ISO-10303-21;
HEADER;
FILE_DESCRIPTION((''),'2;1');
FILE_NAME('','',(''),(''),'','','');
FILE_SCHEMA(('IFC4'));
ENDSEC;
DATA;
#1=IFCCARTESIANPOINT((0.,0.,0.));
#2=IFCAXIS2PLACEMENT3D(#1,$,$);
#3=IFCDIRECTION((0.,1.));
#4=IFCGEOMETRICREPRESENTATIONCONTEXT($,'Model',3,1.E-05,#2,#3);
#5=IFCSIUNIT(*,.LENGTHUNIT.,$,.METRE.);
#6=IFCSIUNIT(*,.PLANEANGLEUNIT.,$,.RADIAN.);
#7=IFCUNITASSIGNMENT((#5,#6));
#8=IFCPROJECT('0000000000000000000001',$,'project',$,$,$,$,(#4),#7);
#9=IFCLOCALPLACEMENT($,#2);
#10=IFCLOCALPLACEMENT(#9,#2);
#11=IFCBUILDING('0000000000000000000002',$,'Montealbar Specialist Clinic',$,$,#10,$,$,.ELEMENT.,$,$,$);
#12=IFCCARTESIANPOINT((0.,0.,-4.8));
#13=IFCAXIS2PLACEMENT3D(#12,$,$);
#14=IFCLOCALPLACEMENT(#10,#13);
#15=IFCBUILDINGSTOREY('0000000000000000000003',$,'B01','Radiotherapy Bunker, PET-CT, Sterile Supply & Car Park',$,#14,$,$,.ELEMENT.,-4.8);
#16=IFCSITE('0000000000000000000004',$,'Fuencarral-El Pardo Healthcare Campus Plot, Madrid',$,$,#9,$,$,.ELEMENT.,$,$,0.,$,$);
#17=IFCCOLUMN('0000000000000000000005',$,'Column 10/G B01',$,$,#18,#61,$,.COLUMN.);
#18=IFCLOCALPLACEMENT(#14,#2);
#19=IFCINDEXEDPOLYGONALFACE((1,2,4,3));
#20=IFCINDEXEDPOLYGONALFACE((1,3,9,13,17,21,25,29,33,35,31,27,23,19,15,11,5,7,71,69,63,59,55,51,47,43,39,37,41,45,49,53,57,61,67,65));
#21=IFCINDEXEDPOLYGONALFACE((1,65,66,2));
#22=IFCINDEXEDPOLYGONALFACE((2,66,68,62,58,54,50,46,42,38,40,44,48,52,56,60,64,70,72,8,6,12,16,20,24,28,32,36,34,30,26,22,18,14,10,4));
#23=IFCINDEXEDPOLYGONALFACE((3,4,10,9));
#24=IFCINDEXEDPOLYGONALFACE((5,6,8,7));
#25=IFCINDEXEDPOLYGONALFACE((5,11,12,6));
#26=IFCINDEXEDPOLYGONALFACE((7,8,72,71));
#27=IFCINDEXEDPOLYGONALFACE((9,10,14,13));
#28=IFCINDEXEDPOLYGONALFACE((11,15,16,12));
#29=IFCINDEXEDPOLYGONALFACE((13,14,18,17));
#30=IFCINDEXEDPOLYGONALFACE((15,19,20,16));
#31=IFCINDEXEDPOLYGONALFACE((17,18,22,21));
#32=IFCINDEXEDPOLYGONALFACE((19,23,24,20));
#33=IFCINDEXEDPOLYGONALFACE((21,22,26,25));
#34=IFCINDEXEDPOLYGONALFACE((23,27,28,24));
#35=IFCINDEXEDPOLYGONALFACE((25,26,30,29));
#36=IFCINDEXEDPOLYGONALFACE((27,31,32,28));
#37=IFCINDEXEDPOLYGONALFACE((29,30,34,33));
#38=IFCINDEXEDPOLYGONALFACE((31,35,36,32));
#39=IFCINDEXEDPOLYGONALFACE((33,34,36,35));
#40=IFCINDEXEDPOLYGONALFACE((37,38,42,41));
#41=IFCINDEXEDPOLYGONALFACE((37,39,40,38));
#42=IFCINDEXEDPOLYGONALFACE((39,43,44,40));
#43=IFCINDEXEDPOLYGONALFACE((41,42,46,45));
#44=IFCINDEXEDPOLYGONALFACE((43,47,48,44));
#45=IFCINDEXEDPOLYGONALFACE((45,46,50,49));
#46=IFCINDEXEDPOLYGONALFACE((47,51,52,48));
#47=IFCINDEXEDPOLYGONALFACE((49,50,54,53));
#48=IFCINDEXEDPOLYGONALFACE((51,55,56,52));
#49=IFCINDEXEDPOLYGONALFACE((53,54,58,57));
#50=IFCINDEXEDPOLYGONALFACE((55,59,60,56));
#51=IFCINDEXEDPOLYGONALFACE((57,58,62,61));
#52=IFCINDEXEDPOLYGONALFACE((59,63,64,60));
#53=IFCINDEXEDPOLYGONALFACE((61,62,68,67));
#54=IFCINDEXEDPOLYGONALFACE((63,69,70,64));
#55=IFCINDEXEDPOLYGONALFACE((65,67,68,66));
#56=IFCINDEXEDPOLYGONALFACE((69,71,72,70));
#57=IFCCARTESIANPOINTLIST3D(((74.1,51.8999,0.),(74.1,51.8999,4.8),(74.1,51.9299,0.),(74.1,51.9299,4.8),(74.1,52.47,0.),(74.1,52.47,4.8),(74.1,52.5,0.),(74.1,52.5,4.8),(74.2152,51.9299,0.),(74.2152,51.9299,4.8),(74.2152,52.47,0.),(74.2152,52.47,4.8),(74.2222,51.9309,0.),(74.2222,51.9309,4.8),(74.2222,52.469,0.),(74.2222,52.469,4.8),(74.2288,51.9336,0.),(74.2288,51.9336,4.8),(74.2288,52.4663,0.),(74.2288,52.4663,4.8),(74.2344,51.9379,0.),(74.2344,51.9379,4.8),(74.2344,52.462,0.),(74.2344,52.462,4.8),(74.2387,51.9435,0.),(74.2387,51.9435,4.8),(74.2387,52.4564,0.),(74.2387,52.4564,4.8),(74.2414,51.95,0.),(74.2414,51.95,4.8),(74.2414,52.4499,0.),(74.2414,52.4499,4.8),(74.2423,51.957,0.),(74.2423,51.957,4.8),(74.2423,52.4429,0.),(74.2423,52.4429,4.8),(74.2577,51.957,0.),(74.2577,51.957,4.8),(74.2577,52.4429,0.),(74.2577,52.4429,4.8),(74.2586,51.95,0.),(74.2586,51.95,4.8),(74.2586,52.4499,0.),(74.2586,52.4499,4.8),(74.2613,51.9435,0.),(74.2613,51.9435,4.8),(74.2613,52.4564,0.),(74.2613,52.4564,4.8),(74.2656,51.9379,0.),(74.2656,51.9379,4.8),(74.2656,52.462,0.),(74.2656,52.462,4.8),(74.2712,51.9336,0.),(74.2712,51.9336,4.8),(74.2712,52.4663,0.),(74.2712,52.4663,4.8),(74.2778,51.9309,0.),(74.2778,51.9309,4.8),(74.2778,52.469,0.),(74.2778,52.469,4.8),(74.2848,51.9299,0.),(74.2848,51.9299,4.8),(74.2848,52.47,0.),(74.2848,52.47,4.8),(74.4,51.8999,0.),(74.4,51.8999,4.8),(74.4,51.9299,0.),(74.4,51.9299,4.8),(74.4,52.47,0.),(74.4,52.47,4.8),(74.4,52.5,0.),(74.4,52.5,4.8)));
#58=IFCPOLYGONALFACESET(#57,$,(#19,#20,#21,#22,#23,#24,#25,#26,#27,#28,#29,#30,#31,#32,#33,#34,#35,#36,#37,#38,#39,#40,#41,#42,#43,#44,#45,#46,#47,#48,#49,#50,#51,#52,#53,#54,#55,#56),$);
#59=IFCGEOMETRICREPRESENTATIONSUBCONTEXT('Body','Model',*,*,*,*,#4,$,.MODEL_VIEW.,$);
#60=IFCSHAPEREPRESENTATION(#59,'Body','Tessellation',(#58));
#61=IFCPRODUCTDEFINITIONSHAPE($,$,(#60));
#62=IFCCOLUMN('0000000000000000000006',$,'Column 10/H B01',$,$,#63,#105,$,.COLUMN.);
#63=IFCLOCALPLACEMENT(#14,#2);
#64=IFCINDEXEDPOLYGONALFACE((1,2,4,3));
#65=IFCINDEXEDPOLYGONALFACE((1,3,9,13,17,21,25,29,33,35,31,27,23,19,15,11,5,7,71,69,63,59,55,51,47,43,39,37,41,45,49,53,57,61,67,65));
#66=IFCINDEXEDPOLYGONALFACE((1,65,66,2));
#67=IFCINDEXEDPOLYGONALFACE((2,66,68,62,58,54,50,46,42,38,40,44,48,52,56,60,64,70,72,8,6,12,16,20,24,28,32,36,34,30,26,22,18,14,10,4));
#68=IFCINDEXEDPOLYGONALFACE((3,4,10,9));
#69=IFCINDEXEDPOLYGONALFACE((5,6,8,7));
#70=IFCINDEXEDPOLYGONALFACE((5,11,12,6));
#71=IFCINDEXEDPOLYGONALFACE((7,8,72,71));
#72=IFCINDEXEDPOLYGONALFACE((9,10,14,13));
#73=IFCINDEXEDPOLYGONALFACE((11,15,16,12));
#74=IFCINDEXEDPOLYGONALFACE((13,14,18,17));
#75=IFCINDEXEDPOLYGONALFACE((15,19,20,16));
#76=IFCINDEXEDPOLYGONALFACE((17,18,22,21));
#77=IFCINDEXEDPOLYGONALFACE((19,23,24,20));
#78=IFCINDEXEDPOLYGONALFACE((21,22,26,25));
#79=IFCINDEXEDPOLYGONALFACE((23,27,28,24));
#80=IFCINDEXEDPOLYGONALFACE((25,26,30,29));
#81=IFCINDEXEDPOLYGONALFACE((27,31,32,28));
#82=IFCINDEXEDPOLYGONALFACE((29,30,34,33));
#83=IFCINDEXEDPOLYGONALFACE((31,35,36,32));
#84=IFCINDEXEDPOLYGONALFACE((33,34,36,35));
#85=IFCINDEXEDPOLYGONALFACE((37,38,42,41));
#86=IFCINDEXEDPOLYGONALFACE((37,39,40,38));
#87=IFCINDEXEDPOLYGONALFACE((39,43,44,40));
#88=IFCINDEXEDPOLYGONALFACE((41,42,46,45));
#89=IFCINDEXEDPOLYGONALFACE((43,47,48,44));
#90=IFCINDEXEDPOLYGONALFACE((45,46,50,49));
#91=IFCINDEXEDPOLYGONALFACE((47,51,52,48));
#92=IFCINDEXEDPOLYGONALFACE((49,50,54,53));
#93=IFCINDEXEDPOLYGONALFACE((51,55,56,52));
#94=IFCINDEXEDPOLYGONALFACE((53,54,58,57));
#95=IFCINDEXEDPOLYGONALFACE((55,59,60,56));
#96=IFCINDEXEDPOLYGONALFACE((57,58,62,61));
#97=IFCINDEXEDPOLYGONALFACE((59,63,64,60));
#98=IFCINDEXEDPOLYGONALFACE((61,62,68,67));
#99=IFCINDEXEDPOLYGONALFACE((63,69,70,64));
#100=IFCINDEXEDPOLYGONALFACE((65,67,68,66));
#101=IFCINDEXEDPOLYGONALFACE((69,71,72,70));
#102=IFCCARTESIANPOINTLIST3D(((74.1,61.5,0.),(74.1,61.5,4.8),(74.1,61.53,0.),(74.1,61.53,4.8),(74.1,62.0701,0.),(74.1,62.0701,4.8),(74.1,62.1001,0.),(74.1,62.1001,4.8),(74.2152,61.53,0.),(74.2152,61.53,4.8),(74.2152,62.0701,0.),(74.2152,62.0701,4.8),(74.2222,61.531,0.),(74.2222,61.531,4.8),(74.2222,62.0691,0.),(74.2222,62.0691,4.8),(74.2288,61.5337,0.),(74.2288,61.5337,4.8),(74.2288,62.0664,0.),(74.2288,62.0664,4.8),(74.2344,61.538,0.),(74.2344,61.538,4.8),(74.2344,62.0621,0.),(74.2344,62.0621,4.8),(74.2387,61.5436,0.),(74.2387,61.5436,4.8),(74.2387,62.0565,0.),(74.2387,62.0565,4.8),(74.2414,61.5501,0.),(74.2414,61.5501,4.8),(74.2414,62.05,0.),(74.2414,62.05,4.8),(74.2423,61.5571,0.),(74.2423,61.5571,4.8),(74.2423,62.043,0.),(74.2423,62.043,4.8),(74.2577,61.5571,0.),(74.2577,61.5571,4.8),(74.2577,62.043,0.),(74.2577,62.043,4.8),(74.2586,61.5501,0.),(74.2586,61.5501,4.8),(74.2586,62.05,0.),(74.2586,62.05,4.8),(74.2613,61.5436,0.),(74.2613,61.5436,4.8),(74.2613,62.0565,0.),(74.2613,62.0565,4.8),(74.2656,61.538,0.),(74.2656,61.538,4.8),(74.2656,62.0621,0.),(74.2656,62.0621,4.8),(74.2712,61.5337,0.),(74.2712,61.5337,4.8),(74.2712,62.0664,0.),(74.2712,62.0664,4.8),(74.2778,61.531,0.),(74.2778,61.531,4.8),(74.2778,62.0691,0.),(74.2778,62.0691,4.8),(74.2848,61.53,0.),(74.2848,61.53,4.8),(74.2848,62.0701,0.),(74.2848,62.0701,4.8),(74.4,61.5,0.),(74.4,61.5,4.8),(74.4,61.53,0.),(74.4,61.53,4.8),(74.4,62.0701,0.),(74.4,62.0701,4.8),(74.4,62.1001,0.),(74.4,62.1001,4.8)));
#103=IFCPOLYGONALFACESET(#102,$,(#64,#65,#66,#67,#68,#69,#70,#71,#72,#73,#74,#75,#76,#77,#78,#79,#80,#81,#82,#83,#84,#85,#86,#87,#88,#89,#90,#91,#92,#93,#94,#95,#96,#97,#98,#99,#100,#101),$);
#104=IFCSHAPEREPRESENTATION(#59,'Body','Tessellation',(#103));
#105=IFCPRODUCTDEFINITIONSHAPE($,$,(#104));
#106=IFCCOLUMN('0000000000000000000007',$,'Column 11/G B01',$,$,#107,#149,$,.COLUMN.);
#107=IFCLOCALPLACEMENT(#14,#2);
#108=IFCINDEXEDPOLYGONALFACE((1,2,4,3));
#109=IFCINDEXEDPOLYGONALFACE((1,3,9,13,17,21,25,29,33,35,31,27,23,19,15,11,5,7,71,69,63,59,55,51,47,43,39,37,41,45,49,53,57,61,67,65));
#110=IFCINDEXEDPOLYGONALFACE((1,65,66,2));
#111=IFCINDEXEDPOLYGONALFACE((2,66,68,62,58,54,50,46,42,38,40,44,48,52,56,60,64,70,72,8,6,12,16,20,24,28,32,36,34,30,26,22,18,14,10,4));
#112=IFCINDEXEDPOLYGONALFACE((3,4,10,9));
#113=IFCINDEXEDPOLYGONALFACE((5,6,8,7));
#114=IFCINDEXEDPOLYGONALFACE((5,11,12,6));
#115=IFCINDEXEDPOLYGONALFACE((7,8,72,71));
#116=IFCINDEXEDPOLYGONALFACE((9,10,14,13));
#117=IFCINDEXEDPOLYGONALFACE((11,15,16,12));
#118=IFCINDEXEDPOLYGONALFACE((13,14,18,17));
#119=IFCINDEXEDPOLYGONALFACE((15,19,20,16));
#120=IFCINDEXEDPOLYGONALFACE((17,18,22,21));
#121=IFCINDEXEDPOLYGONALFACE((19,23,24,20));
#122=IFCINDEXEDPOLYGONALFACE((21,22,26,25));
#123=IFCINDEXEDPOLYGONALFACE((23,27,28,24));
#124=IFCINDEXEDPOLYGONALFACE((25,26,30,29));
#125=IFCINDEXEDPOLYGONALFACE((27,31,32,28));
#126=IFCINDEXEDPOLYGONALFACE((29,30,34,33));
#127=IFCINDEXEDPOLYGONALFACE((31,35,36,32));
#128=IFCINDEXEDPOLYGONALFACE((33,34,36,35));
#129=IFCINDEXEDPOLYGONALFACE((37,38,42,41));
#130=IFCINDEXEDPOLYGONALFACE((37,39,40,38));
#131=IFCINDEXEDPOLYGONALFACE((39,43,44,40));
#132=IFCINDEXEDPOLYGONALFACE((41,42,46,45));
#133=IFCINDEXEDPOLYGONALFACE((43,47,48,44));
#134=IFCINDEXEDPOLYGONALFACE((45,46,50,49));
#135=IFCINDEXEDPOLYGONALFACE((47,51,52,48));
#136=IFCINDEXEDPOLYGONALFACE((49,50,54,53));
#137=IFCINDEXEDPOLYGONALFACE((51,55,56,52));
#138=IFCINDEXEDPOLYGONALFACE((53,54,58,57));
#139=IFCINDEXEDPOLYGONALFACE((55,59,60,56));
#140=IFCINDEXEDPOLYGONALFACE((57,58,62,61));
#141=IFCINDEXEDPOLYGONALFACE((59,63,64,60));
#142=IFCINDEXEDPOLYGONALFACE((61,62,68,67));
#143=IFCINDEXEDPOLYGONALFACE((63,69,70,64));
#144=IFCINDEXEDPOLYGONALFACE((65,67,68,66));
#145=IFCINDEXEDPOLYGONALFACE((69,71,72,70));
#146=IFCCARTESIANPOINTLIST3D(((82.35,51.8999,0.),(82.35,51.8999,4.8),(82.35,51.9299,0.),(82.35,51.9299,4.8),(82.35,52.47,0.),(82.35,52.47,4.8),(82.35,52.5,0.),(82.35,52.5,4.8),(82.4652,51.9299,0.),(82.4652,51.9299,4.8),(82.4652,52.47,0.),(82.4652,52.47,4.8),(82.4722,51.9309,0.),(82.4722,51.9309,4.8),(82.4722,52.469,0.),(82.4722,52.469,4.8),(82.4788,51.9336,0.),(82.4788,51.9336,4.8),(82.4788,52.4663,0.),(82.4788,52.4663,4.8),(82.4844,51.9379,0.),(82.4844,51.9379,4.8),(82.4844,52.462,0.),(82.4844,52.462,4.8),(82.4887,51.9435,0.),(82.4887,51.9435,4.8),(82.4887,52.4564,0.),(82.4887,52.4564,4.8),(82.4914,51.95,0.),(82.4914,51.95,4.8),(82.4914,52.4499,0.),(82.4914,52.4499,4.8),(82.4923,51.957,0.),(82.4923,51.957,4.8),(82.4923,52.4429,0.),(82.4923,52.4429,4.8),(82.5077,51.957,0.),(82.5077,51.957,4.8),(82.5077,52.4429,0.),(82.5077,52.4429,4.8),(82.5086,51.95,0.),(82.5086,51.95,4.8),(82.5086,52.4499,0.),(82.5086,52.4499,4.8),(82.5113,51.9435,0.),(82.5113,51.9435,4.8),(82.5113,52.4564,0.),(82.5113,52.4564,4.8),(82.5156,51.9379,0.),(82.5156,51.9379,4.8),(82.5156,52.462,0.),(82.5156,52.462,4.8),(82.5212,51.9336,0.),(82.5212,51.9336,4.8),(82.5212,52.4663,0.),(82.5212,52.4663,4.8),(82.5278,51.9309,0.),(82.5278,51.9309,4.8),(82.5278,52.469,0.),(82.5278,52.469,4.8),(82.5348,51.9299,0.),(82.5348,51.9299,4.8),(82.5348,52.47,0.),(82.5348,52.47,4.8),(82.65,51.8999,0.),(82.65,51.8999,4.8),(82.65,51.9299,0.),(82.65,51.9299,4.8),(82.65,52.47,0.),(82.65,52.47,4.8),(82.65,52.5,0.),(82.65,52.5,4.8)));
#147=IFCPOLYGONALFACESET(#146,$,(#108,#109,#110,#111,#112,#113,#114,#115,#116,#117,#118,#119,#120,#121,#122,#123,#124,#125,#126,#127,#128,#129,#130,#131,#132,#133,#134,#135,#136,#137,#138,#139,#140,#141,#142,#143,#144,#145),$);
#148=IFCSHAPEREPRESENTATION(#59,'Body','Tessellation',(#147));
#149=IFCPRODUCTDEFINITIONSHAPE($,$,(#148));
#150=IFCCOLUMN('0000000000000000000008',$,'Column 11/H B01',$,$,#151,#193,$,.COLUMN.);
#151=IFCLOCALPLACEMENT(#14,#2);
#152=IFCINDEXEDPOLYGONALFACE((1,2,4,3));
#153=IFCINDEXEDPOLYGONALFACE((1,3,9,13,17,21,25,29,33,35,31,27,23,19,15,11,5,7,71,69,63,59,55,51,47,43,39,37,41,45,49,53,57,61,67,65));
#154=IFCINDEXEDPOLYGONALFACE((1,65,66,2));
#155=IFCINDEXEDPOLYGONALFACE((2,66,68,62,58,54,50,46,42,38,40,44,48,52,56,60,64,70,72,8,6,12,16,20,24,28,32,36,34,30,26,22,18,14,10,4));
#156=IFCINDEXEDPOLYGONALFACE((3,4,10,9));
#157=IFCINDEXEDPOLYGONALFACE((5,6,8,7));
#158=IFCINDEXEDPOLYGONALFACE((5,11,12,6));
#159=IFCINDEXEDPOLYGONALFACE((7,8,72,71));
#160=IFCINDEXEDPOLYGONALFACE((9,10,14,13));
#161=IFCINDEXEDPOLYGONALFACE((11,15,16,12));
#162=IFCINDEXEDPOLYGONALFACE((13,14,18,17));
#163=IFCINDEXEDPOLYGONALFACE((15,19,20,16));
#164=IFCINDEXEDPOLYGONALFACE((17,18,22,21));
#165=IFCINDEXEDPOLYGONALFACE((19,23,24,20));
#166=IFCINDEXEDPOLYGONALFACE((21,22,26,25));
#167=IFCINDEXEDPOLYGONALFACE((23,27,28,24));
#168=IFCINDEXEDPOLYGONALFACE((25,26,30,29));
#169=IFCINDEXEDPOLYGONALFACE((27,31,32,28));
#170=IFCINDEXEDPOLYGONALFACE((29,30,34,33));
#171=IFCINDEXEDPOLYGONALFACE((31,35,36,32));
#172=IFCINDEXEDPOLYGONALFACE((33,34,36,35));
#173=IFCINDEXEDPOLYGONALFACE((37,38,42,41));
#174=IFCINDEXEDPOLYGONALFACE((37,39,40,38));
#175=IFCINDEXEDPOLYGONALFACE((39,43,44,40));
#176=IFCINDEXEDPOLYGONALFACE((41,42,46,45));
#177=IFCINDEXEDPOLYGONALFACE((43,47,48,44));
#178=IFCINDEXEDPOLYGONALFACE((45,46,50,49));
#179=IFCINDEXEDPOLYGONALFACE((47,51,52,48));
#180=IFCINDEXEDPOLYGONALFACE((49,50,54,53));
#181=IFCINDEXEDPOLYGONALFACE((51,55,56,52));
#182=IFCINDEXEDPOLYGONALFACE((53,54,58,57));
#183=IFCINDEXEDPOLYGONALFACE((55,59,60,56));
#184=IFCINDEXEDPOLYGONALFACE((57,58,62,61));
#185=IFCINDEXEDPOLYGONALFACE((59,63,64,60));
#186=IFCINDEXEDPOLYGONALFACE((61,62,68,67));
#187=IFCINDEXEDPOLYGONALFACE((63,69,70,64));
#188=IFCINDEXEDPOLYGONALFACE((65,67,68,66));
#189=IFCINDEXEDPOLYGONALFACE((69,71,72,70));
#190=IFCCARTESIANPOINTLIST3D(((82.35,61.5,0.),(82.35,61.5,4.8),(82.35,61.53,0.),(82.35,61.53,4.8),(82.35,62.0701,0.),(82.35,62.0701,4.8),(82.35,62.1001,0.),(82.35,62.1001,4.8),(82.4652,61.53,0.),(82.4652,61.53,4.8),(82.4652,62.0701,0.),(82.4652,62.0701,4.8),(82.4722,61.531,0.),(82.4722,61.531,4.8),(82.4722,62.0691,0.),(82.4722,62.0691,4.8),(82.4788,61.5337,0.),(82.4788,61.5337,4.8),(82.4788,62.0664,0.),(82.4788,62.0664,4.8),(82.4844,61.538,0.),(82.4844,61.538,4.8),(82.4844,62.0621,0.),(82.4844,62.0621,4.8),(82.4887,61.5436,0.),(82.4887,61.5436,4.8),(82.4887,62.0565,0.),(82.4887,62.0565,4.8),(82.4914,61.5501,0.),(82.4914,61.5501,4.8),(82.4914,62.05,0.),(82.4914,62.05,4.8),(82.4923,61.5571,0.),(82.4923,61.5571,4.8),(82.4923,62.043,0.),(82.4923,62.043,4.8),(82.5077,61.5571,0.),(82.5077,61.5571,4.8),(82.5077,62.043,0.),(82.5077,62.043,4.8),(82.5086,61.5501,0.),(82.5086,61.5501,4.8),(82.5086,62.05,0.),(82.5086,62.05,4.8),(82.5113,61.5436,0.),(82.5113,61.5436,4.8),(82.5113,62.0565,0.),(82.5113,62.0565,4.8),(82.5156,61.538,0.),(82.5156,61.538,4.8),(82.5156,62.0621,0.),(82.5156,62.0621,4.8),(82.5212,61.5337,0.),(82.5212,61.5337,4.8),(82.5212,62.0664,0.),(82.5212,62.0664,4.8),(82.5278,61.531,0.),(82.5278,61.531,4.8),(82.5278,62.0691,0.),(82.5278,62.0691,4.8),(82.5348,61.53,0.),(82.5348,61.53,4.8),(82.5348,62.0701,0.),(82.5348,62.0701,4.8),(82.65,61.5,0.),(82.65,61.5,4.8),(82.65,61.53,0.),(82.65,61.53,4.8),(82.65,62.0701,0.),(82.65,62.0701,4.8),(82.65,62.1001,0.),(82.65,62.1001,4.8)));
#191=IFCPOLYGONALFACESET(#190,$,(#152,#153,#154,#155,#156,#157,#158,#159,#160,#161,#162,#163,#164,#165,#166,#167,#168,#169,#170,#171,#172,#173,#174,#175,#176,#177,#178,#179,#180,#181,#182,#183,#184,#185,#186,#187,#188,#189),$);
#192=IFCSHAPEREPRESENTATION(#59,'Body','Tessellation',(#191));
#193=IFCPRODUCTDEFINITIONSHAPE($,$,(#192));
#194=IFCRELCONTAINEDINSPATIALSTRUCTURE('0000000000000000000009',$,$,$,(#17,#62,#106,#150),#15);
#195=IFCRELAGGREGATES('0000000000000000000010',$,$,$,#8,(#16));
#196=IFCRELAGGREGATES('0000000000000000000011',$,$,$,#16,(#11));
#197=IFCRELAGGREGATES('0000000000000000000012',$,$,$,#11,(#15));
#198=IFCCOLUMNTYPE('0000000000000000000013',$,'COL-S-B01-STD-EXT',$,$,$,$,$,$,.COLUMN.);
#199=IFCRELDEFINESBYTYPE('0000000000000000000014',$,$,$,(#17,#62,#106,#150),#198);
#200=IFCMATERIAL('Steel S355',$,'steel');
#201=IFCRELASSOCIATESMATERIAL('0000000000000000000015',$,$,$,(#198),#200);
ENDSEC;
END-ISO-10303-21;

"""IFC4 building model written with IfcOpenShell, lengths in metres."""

from ifc_helpers import new_model, si_unit, direction, frame, origin, origin_2d, place, context, subcontext, project, spatial, i_section, extrude, material, material_profile, profile_set, type_object, element, save


model = new_model("IFC4")

# Units and contexts
model_context = context("Model", 3, precision=1e-05, world=origin(), true_north=direction((0.0, 1.0)))
body_context = subcontext(model_context, "Body", "Model", "MODEL_VIEW")
ifc_project = project(units=[si_unit("LENGTHUNIT", "METRE"), si_unit("PLANEANGLEUNIT", "RADIAN")], contexts=[model_context])

# Site, building, storey
site_placement = place(None, origin())
site = spatial("IfcSite", under=ifc_project, at=site_placement, Name="Fuencarral-El Pardo Healthcare Campus Plot, Madrid", CompositionType="ELEMENT", RefElevation=0.0)
building_placement = place(site_placement, origin())
building = spatial("IfcBuilding", under=site, at=building_placement, Name="Montealbar Specialist Clinic", CompositionType="ELEMENT")
storey_placement = place(building_placement, frame((0.0, 0.0, -4.8)))
storey = spatial("IfcBuildingStorey", under=building, at=storey_placement, Name="B01", Description="Radiotherapy Bunker, PET-CT, Sterile Supply & Car Park", CompositionType="ELEMENT", Elevation=-4.8)

# Columns
ifc_material_1 = material(Name="Steel S355", Category="steel")
ifc_material_profile_1 = material_profile(ifc_material_1, i_section(OverallWidth=0.3, OverallDepth=0.6001, WebThickness=0.0154, FlangeThickness=0.03, FilletRadius=0.0271, at=origin_2d()), Name="HEB 600", Category="steel")
ifc_profile_set_1 = profile_set([ifc_material_profile_1], Name="Steel S355")
column_type = type_object("IfcColumnType", Name="COL-S-B01-STD-EXT", PredefinedType="COLUMN", material=ifc_profile_set_1)
for number, where, z_axis, x_axis, name in (
    (1, (74.25, 52.2, 0.0), (0.0, 0.0, 1.0), (1.0, 0.0, 0.0), "Column 10/G B01"),
    (2, (74.25, 61.8, 0.0), (0.0, 0.0, 1.0), (1.0, 0.0, 0.0), "Column 10/H B01"),
    (3, (82.5, 52.2, 0.0), (0.0, 0.0, 1.0), (1.0, 0.0, 0.0), "Column 11/G B01"),
    (4, (82.5, 61.8, 0.0), (0.0, 0.0, 1.0), (1.0, 0.0, 0.0), "Column 11/H B01"),
):
    element("IfcColumn", number, at=place(storey_placement, frame(where, z_axis=z_axis, x_axis=x_axis)), inside=storey, type_object=column_type, Name=name, PredefinedType="COLUMN", context=body_context, shape_type="SweptSolid", body=[
        extrude(i_section(OverallWidth=0.3, OverallDepth=0.6001, WebThickness=0.0154, FlangeThickness=0.03, FilletRadius=0.0271, at=origin_2d()), origin(), (0.0, 0.0, 1.0), 4.8),
    ])

save(model, "model.ifc")
